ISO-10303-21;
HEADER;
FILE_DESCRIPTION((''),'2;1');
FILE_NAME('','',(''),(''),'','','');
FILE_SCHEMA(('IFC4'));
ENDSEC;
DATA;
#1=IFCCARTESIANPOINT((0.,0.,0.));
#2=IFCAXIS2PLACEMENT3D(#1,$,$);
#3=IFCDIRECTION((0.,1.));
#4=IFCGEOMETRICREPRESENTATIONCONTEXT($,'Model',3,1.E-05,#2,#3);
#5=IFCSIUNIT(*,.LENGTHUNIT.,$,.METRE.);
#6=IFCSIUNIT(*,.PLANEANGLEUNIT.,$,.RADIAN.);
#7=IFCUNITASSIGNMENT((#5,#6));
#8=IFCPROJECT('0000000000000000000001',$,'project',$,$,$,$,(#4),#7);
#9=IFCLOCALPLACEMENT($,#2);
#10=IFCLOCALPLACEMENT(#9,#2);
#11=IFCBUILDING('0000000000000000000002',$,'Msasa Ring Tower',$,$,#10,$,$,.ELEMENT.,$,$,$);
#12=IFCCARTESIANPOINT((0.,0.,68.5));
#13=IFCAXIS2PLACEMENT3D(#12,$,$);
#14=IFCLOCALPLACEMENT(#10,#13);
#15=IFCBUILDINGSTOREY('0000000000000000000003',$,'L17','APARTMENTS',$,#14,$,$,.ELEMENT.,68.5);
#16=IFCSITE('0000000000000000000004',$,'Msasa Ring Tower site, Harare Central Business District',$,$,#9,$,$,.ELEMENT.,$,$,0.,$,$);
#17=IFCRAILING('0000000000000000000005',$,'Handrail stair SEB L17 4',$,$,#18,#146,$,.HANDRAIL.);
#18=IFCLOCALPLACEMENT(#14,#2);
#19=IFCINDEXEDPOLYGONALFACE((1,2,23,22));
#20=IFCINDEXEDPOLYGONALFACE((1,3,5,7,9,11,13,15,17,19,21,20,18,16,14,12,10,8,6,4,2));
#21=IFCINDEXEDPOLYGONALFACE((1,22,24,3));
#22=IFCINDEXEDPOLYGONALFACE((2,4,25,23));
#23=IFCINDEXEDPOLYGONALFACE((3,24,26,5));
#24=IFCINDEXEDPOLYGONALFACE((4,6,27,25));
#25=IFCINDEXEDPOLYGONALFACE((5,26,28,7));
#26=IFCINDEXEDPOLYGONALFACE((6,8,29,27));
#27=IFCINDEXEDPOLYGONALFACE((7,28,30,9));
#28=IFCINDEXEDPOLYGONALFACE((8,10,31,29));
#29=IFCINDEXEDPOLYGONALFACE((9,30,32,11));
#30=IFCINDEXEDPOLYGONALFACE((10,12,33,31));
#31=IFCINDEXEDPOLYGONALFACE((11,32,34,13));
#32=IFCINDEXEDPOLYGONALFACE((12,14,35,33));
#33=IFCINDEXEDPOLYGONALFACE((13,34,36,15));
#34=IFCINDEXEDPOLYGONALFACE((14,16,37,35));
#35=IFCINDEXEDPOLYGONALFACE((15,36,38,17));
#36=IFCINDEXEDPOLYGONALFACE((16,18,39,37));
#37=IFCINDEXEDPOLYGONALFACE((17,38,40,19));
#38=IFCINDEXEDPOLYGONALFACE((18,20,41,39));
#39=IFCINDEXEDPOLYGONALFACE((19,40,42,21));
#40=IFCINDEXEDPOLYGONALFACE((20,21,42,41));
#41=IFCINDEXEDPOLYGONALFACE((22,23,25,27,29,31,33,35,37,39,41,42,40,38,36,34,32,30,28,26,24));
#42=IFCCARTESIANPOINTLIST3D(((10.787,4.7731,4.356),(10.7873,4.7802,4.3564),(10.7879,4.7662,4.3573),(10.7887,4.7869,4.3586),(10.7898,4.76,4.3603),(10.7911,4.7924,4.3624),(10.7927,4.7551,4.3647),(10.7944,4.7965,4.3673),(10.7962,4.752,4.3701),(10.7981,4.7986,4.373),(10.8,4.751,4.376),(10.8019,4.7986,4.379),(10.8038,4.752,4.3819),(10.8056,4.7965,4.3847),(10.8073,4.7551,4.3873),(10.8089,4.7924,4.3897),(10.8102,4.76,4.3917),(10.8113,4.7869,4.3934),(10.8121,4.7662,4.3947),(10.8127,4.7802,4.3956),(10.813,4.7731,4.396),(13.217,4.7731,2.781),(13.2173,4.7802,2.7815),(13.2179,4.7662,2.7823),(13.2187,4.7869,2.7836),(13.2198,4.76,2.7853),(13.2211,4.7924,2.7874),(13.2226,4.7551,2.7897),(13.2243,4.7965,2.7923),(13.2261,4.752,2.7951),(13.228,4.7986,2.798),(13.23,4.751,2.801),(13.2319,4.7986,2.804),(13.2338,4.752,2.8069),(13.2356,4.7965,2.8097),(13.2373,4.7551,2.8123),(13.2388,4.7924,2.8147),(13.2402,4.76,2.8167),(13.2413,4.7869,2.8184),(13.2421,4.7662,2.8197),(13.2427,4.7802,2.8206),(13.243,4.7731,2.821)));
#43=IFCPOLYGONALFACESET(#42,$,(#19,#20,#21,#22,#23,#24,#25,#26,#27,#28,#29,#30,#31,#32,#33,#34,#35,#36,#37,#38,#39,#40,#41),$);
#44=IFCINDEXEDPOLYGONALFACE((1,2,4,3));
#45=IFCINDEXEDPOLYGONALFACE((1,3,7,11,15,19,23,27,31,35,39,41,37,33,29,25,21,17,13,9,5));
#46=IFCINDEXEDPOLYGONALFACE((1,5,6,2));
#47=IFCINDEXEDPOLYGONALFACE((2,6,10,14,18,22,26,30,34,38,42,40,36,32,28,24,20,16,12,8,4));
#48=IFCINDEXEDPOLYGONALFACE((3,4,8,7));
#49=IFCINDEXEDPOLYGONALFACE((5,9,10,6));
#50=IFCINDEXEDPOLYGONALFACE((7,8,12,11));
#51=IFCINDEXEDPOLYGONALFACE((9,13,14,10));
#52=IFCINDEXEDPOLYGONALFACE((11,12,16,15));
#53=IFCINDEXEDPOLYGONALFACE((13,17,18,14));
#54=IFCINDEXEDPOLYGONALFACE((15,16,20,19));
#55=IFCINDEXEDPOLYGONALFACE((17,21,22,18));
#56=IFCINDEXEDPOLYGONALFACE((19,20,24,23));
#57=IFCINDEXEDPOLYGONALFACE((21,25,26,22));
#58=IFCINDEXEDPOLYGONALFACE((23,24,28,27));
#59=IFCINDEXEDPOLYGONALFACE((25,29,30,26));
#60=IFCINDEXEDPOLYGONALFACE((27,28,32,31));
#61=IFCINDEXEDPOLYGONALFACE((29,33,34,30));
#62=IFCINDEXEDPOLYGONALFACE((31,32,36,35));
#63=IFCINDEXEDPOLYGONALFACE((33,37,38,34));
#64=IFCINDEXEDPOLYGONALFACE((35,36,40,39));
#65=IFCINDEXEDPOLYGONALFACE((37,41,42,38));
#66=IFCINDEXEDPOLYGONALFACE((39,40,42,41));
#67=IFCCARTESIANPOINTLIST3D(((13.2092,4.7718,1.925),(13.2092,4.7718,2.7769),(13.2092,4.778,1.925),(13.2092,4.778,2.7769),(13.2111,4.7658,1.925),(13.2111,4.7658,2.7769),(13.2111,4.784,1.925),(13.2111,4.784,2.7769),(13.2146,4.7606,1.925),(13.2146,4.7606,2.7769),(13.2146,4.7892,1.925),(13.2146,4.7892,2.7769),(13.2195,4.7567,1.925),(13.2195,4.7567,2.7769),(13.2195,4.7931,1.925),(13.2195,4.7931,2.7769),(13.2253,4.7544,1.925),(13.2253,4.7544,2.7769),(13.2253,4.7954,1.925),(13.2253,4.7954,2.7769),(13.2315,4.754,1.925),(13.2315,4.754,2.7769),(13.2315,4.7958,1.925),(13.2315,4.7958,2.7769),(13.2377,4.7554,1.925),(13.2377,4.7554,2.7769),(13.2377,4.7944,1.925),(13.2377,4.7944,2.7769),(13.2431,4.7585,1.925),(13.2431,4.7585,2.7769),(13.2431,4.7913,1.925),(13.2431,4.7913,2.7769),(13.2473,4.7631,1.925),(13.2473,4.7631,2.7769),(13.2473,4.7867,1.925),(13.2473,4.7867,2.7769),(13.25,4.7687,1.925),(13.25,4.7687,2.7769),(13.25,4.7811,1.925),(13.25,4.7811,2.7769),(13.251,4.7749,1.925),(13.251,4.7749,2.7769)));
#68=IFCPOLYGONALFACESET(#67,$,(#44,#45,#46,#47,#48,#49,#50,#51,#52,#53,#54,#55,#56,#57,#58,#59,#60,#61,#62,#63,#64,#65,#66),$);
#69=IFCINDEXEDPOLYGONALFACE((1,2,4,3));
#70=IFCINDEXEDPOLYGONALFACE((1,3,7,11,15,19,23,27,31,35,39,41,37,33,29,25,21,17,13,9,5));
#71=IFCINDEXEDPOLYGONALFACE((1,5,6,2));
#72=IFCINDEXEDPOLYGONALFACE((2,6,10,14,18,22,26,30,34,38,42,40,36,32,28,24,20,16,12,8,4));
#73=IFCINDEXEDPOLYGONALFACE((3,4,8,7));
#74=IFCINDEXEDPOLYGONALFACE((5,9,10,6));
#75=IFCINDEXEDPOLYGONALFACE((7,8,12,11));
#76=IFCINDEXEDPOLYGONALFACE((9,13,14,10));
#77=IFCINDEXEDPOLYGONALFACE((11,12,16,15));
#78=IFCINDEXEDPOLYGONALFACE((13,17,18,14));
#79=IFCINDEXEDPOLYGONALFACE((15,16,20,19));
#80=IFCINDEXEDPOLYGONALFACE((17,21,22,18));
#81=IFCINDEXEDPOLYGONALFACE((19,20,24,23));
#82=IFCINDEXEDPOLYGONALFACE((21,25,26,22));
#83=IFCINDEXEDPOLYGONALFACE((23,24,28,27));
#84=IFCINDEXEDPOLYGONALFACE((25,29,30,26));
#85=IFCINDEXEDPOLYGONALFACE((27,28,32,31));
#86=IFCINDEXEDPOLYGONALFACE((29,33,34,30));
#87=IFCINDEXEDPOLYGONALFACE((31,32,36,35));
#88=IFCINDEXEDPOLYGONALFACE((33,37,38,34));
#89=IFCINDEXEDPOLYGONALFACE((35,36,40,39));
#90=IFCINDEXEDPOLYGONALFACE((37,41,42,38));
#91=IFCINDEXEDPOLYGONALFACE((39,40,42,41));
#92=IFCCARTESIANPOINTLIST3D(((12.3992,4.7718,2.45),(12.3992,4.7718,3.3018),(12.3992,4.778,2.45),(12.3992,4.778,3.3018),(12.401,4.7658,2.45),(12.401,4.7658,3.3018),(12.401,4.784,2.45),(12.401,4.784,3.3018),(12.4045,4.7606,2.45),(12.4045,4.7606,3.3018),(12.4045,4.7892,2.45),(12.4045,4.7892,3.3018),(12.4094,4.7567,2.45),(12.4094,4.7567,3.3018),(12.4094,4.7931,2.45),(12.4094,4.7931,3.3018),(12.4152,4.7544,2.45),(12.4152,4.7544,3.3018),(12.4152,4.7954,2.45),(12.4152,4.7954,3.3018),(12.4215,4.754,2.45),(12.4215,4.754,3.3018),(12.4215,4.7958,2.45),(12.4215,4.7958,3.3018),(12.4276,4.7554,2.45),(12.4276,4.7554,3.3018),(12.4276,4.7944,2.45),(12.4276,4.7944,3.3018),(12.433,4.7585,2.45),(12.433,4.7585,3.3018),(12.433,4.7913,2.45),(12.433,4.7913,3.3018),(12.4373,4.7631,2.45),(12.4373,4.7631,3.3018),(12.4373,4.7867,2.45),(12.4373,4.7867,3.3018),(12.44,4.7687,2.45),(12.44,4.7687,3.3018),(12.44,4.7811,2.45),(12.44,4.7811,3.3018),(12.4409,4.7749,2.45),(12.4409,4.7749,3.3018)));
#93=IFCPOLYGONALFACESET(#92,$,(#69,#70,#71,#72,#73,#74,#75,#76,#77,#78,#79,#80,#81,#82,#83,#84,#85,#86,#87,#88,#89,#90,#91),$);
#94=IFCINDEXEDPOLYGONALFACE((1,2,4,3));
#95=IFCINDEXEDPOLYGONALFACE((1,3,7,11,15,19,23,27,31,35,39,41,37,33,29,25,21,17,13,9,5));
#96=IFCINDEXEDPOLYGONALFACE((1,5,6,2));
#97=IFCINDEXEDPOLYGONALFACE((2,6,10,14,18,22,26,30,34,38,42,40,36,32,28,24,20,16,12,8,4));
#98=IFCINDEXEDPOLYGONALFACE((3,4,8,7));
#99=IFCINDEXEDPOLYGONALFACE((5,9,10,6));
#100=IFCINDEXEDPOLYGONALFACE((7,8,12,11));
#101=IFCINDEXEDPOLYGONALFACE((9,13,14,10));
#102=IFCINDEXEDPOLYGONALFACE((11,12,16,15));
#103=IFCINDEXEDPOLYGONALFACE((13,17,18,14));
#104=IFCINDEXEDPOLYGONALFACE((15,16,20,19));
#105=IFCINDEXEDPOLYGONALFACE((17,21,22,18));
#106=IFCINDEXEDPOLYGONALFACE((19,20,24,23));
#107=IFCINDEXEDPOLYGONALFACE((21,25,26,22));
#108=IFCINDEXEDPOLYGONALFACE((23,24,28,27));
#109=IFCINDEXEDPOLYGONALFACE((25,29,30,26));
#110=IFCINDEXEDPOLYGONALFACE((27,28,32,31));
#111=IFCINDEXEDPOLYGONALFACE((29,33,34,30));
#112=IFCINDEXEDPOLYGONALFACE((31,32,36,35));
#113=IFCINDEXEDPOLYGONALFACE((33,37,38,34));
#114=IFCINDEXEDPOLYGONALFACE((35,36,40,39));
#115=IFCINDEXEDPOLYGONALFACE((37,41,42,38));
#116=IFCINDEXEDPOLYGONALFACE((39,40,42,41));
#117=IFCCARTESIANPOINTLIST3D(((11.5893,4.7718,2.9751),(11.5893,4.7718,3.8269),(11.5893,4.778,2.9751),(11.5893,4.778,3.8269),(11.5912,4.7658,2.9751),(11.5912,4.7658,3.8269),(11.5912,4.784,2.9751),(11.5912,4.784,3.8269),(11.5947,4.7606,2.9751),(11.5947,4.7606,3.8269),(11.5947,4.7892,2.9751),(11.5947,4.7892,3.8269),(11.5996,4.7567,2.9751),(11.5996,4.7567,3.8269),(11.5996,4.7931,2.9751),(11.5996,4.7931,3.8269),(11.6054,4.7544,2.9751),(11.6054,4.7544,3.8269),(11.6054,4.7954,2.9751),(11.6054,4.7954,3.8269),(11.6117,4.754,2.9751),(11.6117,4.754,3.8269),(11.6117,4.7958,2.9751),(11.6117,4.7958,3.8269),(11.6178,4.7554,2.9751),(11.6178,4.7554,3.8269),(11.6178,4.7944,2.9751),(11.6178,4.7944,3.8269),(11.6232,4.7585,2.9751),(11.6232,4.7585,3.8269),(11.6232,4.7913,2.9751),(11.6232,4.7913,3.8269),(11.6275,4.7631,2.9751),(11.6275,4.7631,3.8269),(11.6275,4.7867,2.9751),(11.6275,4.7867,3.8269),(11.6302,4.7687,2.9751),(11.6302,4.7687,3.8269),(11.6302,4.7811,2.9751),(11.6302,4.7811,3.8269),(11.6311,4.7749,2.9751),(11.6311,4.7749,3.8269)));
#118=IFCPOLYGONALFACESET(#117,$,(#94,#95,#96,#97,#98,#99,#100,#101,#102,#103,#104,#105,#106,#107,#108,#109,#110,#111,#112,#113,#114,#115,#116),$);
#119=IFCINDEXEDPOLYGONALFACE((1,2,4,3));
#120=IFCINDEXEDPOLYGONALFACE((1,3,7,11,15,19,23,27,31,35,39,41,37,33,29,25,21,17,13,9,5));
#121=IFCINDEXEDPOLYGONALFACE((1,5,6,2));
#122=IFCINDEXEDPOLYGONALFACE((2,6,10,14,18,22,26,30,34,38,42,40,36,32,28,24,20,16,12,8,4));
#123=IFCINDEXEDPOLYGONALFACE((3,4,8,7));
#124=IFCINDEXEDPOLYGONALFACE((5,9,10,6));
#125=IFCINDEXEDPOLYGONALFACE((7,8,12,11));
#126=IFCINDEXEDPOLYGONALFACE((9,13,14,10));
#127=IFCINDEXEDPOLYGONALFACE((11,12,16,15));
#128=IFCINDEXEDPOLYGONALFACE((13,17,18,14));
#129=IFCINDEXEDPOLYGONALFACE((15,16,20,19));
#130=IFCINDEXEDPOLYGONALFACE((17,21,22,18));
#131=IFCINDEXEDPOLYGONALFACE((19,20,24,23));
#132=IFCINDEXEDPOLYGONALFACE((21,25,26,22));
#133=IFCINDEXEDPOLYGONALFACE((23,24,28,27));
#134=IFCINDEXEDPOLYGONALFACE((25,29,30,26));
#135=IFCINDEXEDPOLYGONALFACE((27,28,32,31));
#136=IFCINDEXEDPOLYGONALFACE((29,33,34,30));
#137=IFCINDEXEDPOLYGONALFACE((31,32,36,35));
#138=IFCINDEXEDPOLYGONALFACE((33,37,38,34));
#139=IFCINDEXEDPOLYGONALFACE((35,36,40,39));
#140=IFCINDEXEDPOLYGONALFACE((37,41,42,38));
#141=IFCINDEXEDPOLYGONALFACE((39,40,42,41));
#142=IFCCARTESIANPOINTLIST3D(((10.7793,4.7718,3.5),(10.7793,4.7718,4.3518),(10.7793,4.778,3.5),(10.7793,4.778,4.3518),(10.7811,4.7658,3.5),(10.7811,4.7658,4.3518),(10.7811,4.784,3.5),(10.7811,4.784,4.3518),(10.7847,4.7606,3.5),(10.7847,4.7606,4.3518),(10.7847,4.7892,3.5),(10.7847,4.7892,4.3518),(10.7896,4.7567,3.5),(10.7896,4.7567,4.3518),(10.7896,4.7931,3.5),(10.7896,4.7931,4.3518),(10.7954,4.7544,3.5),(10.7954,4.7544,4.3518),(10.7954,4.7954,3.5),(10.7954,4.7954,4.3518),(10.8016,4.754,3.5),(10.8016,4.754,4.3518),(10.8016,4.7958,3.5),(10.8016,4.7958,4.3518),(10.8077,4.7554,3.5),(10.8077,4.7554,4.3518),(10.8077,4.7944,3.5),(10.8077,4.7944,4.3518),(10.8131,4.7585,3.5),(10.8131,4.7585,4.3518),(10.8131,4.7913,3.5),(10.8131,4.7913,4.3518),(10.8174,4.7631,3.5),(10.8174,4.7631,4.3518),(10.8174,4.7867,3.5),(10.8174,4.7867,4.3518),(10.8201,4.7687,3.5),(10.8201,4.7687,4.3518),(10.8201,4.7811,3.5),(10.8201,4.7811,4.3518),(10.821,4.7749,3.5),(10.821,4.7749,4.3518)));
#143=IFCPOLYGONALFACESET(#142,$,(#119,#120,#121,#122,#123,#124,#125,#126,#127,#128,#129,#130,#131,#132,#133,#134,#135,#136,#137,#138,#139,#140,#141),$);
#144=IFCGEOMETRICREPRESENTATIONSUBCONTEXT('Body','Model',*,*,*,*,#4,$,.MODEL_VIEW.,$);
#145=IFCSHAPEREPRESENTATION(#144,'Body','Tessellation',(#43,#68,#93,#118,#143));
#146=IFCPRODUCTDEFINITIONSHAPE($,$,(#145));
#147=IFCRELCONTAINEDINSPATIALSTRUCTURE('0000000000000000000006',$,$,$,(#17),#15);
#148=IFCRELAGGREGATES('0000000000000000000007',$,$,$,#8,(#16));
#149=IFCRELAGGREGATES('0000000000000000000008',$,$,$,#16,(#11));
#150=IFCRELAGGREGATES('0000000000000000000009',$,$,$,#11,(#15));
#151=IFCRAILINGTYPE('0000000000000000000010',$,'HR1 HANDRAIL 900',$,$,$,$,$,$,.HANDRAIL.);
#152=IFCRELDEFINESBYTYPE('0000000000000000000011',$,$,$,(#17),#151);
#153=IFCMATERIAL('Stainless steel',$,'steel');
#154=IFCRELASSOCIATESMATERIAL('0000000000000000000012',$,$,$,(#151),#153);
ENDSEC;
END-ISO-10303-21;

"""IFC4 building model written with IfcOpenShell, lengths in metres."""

from ifc_helpers import new_model, si_unit, direction, frame, origin, origin_2d, place, context, subcontext, project, spatial, circle, extrude, material, type_object, element, save


model = new_model("IFC4")

# Units and contexts
model_context = context("Model", 3, precision=1e-05, world=origin(), true_north=direction((0.0, 1.0)))
body_context = subcontext(model_context, "Body", "Model", "MODEL_VIEW")
ifc_project = project(units=[si_unit("LENGTHUNIT", "METRE"), si_unit("PLANEANGLEUNIT", "RADIAN")], contexts=[model_context])

# Site, building, storey
site_placement = place(None, origin())
site = spatial("IfcSite", under=ifc_project, at=site_placement, Name="Msasa Ring Tower site, Harare Central Business District", CompositionType="ELEMENT", RefElevation=0.0)
building_placement = place(site_placement, origin())
building = spatial("IfcBuilding", under=site, at=building_placement, Name="Msasa Ring Tower", CompositionType="ELEMENT")
storey_placement = place(building_placement, frame((0.0, 0.0, 68.5)))
storey = spatial("IfcBuildingStorey", under=building, at=storey_placement, Name="L17", Description="APARTMENTS", CompositionType="ELEMENT", Elevation=68.5)

# Railing
ifc_material_1 = material(Name="Stainless steel", Category="steel")
railing_type = type_object("IfcRailingType", Name="HR1 HANDRAIL 900", PredefinedType="HANDRAIL", material=ifc_material_1)
for number, where, name in (
    (1, (13.23, 4.7749, 1.925), "Handrail stair SEB L17 4"),
):
    element("IfcRailing", number, at=place(storey_placement, frame(where)), inside=storey, type_object=railing_type, Name=name, PredefinedType="HANDRAIL", context=body_context, shape_type="SweptSolid", body=[
        extrude(circle(Radius=0.0239, at=origin_2d()), frame((0.0, 0.0, 0.876), z_axis=(-0.839154, 0.0, 0.543894), x_axis=(0.0, -1.0, 0.0)), (0.0, 0.0, 1.0), 2.8958),
        extrude(circle(Radius=0.021, at=origin_2d()), origin(), (0.0, 0.0, 1.0), 0.8518),
        extrude(circle(Radius=0.021, at=origin_2d()), frame((-0.8101, 0.0, 0.5249)), (0.0, 0.0, 1.0), 0.8518),
        extrude(circle(Radius=0.021, at=origin_2d()), frame((-1.6199, 0.0, 1.05)), (0.0, 0.0, 1.0), 0.8518),
        extrude(circle(Radius=0.021, at=origin_2d()), frame((-2.4299, 0.0, 1.575)), (0.0, 0.0, 1.0), 0.8518),
    ])

save(model, "model.ifc")
